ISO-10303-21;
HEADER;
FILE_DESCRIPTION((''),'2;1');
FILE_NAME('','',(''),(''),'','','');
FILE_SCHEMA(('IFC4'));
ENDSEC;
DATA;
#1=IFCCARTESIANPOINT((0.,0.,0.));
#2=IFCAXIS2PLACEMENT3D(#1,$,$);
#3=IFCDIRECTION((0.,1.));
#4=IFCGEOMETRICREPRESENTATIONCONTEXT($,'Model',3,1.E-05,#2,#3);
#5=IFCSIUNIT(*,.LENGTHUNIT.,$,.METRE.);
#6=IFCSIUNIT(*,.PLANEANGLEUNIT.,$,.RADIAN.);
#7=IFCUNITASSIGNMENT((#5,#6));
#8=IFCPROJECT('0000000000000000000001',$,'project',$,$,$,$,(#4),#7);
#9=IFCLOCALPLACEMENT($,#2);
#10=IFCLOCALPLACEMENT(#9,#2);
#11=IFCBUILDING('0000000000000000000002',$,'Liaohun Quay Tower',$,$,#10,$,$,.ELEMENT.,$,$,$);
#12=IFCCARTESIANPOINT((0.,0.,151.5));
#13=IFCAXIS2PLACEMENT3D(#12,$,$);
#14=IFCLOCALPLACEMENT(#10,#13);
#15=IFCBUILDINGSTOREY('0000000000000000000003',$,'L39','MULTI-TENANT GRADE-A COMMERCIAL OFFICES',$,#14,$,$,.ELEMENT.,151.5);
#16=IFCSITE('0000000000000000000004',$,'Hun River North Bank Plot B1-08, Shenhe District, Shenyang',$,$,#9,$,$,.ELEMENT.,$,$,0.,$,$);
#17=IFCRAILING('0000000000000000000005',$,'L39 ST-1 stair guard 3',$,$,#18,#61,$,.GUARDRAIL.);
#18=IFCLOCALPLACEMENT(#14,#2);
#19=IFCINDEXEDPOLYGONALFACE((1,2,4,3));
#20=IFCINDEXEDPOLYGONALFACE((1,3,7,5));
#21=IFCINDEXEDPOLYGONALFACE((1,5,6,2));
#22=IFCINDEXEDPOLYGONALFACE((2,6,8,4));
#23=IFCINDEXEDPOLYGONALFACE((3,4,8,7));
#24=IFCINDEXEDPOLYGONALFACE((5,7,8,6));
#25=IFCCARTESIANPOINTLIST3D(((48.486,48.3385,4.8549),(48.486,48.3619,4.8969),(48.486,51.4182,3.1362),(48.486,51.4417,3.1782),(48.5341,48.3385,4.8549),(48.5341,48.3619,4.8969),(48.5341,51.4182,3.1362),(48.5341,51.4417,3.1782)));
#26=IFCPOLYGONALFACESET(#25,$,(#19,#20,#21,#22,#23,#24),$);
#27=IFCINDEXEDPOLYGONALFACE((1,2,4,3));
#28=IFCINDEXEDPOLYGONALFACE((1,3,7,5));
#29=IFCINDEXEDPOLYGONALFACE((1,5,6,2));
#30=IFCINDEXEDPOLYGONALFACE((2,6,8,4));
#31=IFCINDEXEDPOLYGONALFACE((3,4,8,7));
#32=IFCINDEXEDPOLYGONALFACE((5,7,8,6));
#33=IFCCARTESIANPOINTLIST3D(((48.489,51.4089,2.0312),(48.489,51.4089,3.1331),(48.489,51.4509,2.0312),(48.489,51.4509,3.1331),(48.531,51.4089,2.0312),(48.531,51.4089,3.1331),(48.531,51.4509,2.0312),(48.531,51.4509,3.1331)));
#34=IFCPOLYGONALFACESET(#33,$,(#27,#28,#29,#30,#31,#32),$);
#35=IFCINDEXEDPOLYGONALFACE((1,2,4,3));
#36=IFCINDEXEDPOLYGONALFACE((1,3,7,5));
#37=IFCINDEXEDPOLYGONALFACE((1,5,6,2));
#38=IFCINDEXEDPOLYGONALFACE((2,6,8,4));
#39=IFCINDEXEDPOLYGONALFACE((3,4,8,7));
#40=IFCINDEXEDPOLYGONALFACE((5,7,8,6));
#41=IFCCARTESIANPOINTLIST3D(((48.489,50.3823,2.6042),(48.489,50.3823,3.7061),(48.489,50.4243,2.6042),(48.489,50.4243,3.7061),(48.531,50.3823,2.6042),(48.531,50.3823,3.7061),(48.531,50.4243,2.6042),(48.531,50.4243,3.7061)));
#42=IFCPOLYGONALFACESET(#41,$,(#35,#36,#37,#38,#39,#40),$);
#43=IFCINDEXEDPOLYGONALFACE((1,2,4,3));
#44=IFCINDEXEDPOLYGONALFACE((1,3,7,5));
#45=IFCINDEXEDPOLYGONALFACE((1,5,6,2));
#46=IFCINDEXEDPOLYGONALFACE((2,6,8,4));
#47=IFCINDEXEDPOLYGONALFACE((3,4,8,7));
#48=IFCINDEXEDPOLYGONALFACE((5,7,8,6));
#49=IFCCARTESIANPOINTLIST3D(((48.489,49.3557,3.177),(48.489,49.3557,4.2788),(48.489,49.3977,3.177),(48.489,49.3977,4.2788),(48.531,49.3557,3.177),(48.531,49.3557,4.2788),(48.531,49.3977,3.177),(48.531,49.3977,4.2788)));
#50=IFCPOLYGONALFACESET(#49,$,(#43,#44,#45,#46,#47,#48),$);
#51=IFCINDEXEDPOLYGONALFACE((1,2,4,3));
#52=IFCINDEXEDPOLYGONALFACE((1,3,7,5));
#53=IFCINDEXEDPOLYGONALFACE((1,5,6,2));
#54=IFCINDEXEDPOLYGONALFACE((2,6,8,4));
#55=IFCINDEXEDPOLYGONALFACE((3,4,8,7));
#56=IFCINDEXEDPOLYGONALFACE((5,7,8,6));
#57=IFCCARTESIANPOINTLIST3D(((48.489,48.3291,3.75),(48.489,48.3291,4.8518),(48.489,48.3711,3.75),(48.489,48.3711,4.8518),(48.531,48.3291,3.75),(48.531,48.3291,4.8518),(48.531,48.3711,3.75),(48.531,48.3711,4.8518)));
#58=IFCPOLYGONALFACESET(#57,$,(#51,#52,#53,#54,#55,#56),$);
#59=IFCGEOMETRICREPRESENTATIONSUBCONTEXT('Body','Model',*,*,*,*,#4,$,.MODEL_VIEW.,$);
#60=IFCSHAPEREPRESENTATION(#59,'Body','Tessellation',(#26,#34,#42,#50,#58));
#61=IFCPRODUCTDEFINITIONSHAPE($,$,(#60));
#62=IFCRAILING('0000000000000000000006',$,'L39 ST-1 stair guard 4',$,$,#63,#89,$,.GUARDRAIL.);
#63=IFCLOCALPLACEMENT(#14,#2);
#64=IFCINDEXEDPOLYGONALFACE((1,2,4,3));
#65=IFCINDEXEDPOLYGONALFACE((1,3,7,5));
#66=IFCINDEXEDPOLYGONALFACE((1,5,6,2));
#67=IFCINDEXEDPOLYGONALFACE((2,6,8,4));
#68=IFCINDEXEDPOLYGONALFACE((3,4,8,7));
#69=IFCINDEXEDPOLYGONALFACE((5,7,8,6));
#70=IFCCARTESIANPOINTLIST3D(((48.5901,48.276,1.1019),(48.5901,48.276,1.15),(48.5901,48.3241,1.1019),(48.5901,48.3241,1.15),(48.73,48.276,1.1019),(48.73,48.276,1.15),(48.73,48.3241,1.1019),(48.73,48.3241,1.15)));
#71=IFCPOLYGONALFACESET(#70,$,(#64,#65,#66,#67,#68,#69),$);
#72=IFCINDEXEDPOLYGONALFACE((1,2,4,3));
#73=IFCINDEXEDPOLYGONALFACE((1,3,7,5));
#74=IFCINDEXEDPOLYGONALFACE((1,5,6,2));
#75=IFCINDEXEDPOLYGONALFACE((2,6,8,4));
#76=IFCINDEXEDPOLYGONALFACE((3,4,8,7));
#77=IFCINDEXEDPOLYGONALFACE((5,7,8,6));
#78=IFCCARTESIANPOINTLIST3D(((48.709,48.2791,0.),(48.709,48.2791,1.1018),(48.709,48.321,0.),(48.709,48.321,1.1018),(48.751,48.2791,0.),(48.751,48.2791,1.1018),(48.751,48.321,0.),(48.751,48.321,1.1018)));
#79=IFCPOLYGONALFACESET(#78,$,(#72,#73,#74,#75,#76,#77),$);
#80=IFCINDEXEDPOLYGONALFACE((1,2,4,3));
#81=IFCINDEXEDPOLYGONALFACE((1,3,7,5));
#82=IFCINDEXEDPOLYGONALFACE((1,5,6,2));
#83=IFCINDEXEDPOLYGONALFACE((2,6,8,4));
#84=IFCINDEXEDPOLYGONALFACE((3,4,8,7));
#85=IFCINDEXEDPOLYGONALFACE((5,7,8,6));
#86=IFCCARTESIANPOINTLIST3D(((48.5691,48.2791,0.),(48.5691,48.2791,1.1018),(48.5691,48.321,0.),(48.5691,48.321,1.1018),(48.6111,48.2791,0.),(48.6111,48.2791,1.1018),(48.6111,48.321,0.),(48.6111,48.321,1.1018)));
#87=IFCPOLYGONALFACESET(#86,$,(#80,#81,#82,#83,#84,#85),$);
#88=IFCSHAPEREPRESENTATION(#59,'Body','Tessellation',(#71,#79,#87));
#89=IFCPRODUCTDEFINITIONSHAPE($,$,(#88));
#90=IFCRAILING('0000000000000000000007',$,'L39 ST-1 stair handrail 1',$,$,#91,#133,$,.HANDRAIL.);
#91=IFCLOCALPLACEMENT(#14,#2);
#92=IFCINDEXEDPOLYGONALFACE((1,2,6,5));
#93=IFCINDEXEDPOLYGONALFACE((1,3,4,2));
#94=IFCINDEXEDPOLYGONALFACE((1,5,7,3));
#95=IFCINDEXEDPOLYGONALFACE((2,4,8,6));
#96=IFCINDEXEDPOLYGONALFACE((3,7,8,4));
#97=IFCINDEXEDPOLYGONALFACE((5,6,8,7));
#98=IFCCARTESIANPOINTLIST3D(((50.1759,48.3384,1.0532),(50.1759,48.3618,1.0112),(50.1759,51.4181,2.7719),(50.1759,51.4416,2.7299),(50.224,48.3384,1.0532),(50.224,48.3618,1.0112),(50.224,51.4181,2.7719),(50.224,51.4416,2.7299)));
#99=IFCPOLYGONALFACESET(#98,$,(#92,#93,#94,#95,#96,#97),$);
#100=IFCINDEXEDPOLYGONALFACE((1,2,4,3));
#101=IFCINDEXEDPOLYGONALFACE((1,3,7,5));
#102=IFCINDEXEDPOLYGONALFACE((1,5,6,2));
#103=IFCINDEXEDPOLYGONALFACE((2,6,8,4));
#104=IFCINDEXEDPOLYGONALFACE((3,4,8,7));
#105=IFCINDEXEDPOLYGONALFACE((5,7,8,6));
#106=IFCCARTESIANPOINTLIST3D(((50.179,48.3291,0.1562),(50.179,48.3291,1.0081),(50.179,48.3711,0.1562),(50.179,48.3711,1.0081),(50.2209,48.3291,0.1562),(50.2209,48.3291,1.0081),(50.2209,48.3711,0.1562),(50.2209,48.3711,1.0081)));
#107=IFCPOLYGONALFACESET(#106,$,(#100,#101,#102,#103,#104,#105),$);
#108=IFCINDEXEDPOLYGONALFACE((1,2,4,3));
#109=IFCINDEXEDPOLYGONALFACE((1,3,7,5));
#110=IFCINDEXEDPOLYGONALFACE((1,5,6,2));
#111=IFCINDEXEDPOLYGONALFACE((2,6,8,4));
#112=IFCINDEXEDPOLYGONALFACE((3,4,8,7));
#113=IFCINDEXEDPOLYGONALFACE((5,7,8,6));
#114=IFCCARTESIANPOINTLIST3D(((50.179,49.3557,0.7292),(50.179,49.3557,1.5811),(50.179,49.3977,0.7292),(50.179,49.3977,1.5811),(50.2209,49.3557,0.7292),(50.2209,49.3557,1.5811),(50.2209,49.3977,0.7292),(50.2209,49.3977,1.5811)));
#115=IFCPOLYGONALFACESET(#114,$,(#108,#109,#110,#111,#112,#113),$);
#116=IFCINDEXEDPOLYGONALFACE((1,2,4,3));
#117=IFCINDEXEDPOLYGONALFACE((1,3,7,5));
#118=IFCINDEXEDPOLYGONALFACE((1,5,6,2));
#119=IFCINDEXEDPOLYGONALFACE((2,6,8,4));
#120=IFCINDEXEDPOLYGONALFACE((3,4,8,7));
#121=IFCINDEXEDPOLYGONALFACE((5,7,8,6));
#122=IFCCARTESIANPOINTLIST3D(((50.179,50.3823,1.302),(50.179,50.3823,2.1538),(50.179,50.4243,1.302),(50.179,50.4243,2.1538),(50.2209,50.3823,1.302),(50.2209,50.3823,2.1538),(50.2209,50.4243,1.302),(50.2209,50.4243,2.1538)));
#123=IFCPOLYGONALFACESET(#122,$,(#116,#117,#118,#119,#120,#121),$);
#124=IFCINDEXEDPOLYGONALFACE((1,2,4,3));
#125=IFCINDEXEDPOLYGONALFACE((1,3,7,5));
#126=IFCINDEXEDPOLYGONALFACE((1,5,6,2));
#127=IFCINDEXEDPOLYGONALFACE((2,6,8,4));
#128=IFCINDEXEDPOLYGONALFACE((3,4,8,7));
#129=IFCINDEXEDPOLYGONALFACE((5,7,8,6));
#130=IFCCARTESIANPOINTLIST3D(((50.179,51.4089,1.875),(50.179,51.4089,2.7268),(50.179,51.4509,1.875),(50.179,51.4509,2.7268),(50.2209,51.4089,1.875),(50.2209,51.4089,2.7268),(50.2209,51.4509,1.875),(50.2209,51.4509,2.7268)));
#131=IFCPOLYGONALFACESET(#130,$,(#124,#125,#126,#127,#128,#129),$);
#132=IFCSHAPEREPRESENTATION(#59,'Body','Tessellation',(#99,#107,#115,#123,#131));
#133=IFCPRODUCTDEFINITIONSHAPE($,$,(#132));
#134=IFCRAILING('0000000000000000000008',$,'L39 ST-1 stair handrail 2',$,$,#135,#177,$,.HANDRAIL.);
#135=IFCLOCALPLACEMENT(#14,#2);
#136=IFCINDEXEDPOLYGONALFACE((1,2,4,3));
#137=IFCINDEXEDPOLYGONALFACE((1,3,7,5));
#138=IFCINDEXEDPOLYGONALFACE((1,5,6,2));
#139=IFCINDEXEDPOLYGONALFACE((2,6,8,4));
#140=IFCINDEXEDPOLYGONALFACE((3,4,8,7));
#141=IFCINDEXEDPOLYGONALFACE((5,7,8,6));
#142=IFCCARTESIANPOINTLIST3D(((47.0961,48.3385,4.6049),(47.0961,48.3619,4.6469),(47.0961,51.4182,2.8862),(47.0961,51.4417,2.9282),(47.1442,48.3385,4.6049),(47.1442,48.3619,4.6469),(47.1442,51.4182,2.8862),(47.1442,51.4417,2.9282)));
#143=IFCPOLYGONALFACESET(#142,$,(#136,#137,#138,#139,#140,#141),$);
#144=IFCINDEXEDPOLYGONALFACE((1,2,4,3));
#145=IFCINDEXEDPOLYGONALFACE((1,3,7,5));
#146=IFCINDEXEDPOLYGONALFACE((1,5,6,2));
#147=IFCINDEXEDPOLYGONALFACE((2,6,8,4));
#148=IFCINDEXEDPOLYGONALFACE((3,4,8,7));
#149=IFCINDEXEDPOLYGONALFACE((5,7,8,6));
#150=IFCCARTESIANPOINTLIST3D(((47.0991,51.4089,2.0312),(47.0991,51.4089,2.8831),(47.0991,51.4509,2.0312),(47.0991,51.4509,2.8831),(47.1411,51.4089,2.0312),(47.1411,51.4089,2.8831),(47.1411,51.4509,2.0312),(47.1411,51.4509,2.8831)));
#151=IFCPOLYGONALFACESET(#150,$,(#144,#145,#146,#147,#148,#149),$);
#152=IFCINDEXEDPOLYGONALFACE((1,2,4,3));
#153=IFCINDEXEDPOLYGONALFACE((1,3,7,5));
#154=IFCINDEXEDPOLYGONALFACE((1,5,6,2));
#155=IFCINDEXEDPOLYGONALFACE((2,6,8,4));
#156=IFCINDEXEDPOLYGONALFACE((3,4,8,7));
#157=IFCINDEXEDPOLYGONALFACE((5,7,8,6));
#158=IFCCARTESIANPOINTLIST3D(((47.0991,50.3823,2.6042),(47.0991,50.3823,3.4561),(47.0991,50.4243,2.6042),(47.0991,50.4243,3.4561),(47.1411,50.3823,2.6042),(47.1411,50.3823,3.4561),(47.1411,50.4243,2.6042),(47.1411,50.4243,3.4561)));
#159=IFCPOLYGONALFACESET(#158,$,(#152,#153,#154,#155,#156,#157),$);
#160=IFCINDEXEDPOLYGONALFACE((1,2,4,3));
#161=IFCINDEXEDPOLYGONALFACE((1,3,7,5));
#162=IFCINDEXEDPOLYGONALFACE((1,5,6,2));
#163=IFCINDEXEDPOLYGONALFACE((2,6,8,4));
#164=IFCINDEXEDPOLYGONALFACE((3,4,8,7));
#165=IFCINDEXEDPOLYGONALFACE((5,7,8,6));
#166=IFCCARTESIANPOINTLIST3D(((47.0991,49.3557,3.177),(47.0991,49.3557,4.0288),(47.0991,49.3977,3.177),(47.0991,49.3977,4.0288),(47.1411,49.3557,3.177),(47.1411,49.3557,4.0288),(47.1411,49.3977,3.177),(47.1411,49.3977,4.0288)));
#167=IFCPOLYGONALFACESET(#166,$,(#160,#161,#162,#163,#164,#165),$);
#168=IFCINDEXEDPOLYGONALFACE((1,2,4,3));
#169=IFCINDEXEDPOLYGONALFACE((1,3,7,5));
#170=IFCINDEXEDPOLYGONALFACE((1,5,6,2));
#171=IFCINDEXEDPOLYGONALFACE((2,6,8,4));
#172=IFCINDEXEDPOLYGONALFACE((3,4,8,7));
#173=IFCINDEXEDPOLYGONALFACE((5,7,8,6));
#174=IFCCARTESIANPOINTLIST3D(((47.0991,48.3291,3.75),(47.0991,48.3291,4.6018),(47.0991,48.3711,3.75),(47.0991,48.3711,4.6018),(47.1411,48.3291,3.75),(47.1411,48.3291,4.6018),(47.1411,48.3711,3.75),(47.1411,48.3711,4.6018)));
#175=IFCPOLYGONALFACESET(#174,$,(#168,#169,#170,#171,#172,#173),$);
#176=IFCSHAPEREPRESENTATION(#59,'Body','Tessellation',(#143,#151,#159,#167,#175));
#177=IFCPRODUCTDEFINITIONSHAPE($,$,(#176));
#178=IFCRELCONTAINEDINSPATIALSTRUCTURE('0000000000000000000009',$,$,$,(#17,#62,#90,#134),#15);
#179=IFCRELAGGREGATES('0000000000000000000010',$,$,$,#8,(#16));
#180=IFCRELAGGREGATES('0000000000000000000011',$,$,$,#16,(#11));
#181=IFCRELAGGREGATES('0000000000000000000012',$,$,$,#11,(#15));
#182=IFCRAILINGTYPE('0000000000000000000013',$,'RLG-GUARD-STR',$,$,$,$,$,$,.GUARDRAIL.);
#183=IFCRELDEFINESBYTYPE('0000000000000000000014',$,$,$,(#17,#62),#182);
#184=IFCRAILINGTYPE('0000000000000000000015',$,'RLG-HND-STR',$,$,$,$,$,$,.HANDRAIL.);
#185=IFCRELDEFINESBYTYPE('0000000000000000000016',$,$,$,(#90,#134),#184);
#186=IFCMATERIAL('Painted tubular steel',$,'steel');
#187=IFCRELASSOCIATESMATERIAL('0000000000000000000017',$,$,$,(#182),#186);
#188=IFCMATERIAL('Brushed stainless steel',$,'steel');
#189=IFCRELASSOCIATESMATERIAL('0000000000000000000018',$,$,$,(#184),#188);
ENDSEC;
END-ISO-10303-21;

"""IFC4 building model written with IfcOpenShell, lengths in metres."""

from ifc_helpers import new_model, si_unit, direction, frame, origin, origin_2d, place, context, subcontext, project, spatial, rectangle, extrude, material, type_object, element, save


model = new_model("IFC4")

# Units and contexts
model_context = context("Model", 3, precision=1e-05, world=origin(), true_north=direction((0.0, 1.0)))
body_context = subcontext(model_context, "Body", "Model", "MODEL_VIEW")
ifc_project = project(units=[si_unit("LENGTHUNIT", "METRE"), si_unit("PLANEANGLEUNIT", "RADIAN")], contexts=[model_context])

# Site, building, storey
site_placement = place(None, origin())
site = spatial("IfcSite", under=ifc_project, at=site_placement, Name="Hun River North Bank Plot B1-08, Shenhe District, Shenyang", CompositionType="ELEMENT", RefElevation=0.0)
building_placement = place(site_placement, origin())
building = spatial("IfcBuilding", under=site, at=building_placement, Name="Liaohun Quay Tower", CompositionType="ELEMENT")
storey_placement = place(building_placement, frame((0.0, 0.0, 151.5)))
storey = spatial("IfcBuildingStorey", under=building, at=storey_placement, Name="L39", Description="MULTI-TENANT GRADE-A COMMERCIAL OFFICES", CompositionType="ELEMENT", Elevation=151.5)

# Railings
ifc_material_1 = material(Name="Painted tubular steel", Category="steel")
railing_type_1 = type_object("IfcRailingType", Name="RLG-GUARD-STR", PredefinedType="GUARDRAIL", material=ifc_material_1)
railing_1_placement = place(storey_placement, frame((48.51, 51.4299, 2.0312)))
element("IfcRailing", 1, at=railing_1_placement, inside=storey, type_object=railing_type_1, Name="L39 ST-1 stair guard 3", PredefinedType="GUARDRAIL", context=body_context, shape_type="SweptSolid", body=[
    extrude(rectangle(XDim=0.0481, YDim=0.0481, at=origin_2d()), frame((0.0, 0.0, 1.126), z_axis=(0.0, -0.873225, 0.487317), x_axis=(1.0, 0.0, 0.0)), (0.0, 0.0, 1.0), 3.5269),
    extrude(rectangle(XDim=0.042, YDim=0.042, at=origin_2d()), origin(), (0.0, 0.0, 1.0), 1.1018),
    extrude(rectangle(XDim=0.042, YDim=0.042, at=origin_2d()), frame((0.0, -1.0266, 0.573)), (0.0, 0.0, 1.0), 1.1018),
    extrude(rectangle(XDim=0.042, YDim=0.042, at=origin_2d()), frame((0.0, -2.0532, 1.1458)), (0.0, 0.0, 1.0), 1.1018),
    extrude(rectangle(XDim=0.042, YDim=0.042, at=origin_2d()), frame((0.0, -3.0798, 1.7188)), (0.0, 0.0, 1.0), 1.1018),
])
railing_2_placement = place(storey_placement, frame((48.73, 48.3, 0.0)))
element("IfcRailing", 2, at=railing_2_placement, inside=storey, type_object=railing_type_1, Name="L39 ST-1 stair guard 4", PredefinedType="GUARDRAIL", context=body_context, shape_type="SweptSolid", body=[
    extrude(rectangle(XDim=0.0481, YDim=0.0481, at=origin_2d()), frame((0.0, 0.0, 1.126), z_axis=(-1.0, 0.0, 0.0), x_axis=(0.0, -1.0, 0.0)), (0.0, 0.0, 1.0), 0.1399),
    extrude(rectangle(XDim=0.042, YDim=0.042, at=origin_2d()), origin(), (0.0, 0.0, 1.0), 1.1018),
    extrude(rectangle(XDim=0.042, YDim=0.042, at=origin_2d()), frame((-0.1399, 0.0, 0.0)), (0.0, 0.0, 1.0), 1.1018),
])
ifc_material_2 = material(Name="Brushed stainless steel", Category="steel")
railing_type_2 = type_object("IfcRailingType", Name="RLG-HND-STR", PredefinedType="HANDRAIL", material=ifc_material_2)
railing_3_placement = place(storey_placement, frame((50.2, 48.3501, 0.1562)))
element("IfcRailing", 3, at=railing_3_placement, inside=storey, type_object=railing_type_2, Name="L39 ST-1 stair handrail 1", PredefinedType="HANDRAIL", context=body_context, shape_type="SweptSolid", body=[
    extrude(rectangle(XDim=0.0481, YDim=0.0481, at=origin_2d()), frame((0.0, 0.0, 0.876), z_axis=(0.0, 0.873225, 0.487317), x_axis=(-1.0, 0.0, 0.0)), (0.0, 0.0, 1.0), 3.5269),
    extrude(rectangle(XDim=0.042, YDim=0.042, at=origin_2d()), origin(), (0.0, 0.0, 1.0), 0.8518),
    extrude(rectangle(XDim=0.042, YDim=0.042, at=origin_2d()), frame((0.0, 1.0266, 0.573)), (0.0, 0.0, 1.0), 0.8518),
    extrude(rectangle(XDim=0.042, YDim=0.042, at=origin_2d()), frame((0.0, 2.0532, 1.1458)), (0.0, 0.0, 1.0), 0.8518),
    extrude(rectangle(XDim=0.042, YDim=0.042, at=origin_2d()), frame((0.0, 3.0798, 1.7188)), (0.0, 0.0, 1.0), 0.8518),
])
railing_4_placement = place(storey_placement, frame((47.1201, 51.4299, 2.0312)))
element("IfcRailing", 4, at=railing_4_placement, inside=storey, type_object=railing_type_2, Name="L39 ST-1 stair handrail 2", PredefinedType="HANDRAIL", context=body_context, shape_type="SweptSolid", body=[
    extrude(rectangle(XDim=0.0481, YDim=0.0481, at=origin_2d()), frame((0.0, 0.0, 0.876), z_axis=(0.0, -0.873225, 0.487317), x_axis=(1.0, 0.0, 0.0)), (0.0, 0.0, 1.0), 3.5269),
    extrude(rectangle(XDim=0.042, YDim=0.042, at=origin_2d()), origin(), (0.0, 0.0, 1.0), 0.8518),
    extrude(rectangle(XDim=0.042, YDim=0.042, at=origin_2d()), frame((0.0, -1.0266, 0.573)), (0.0, 0.0, 1.0), 0.8518),
    extrude(rectangle(XDim=0.042, YDim=0.042, at=origin_2d()), frame((0.0, -2.0532, 1.1458)), (0.0, 0.0, 1.0), 0.8518),
    extrude(rectangle(XDim=0.042, YDim=0.042, at=origin_2d()), frame((0.0, -3.0798, 1.7188)), (0.0, 0.0, 1.0), 0.8518),
])

save(model, "model.ifc")
